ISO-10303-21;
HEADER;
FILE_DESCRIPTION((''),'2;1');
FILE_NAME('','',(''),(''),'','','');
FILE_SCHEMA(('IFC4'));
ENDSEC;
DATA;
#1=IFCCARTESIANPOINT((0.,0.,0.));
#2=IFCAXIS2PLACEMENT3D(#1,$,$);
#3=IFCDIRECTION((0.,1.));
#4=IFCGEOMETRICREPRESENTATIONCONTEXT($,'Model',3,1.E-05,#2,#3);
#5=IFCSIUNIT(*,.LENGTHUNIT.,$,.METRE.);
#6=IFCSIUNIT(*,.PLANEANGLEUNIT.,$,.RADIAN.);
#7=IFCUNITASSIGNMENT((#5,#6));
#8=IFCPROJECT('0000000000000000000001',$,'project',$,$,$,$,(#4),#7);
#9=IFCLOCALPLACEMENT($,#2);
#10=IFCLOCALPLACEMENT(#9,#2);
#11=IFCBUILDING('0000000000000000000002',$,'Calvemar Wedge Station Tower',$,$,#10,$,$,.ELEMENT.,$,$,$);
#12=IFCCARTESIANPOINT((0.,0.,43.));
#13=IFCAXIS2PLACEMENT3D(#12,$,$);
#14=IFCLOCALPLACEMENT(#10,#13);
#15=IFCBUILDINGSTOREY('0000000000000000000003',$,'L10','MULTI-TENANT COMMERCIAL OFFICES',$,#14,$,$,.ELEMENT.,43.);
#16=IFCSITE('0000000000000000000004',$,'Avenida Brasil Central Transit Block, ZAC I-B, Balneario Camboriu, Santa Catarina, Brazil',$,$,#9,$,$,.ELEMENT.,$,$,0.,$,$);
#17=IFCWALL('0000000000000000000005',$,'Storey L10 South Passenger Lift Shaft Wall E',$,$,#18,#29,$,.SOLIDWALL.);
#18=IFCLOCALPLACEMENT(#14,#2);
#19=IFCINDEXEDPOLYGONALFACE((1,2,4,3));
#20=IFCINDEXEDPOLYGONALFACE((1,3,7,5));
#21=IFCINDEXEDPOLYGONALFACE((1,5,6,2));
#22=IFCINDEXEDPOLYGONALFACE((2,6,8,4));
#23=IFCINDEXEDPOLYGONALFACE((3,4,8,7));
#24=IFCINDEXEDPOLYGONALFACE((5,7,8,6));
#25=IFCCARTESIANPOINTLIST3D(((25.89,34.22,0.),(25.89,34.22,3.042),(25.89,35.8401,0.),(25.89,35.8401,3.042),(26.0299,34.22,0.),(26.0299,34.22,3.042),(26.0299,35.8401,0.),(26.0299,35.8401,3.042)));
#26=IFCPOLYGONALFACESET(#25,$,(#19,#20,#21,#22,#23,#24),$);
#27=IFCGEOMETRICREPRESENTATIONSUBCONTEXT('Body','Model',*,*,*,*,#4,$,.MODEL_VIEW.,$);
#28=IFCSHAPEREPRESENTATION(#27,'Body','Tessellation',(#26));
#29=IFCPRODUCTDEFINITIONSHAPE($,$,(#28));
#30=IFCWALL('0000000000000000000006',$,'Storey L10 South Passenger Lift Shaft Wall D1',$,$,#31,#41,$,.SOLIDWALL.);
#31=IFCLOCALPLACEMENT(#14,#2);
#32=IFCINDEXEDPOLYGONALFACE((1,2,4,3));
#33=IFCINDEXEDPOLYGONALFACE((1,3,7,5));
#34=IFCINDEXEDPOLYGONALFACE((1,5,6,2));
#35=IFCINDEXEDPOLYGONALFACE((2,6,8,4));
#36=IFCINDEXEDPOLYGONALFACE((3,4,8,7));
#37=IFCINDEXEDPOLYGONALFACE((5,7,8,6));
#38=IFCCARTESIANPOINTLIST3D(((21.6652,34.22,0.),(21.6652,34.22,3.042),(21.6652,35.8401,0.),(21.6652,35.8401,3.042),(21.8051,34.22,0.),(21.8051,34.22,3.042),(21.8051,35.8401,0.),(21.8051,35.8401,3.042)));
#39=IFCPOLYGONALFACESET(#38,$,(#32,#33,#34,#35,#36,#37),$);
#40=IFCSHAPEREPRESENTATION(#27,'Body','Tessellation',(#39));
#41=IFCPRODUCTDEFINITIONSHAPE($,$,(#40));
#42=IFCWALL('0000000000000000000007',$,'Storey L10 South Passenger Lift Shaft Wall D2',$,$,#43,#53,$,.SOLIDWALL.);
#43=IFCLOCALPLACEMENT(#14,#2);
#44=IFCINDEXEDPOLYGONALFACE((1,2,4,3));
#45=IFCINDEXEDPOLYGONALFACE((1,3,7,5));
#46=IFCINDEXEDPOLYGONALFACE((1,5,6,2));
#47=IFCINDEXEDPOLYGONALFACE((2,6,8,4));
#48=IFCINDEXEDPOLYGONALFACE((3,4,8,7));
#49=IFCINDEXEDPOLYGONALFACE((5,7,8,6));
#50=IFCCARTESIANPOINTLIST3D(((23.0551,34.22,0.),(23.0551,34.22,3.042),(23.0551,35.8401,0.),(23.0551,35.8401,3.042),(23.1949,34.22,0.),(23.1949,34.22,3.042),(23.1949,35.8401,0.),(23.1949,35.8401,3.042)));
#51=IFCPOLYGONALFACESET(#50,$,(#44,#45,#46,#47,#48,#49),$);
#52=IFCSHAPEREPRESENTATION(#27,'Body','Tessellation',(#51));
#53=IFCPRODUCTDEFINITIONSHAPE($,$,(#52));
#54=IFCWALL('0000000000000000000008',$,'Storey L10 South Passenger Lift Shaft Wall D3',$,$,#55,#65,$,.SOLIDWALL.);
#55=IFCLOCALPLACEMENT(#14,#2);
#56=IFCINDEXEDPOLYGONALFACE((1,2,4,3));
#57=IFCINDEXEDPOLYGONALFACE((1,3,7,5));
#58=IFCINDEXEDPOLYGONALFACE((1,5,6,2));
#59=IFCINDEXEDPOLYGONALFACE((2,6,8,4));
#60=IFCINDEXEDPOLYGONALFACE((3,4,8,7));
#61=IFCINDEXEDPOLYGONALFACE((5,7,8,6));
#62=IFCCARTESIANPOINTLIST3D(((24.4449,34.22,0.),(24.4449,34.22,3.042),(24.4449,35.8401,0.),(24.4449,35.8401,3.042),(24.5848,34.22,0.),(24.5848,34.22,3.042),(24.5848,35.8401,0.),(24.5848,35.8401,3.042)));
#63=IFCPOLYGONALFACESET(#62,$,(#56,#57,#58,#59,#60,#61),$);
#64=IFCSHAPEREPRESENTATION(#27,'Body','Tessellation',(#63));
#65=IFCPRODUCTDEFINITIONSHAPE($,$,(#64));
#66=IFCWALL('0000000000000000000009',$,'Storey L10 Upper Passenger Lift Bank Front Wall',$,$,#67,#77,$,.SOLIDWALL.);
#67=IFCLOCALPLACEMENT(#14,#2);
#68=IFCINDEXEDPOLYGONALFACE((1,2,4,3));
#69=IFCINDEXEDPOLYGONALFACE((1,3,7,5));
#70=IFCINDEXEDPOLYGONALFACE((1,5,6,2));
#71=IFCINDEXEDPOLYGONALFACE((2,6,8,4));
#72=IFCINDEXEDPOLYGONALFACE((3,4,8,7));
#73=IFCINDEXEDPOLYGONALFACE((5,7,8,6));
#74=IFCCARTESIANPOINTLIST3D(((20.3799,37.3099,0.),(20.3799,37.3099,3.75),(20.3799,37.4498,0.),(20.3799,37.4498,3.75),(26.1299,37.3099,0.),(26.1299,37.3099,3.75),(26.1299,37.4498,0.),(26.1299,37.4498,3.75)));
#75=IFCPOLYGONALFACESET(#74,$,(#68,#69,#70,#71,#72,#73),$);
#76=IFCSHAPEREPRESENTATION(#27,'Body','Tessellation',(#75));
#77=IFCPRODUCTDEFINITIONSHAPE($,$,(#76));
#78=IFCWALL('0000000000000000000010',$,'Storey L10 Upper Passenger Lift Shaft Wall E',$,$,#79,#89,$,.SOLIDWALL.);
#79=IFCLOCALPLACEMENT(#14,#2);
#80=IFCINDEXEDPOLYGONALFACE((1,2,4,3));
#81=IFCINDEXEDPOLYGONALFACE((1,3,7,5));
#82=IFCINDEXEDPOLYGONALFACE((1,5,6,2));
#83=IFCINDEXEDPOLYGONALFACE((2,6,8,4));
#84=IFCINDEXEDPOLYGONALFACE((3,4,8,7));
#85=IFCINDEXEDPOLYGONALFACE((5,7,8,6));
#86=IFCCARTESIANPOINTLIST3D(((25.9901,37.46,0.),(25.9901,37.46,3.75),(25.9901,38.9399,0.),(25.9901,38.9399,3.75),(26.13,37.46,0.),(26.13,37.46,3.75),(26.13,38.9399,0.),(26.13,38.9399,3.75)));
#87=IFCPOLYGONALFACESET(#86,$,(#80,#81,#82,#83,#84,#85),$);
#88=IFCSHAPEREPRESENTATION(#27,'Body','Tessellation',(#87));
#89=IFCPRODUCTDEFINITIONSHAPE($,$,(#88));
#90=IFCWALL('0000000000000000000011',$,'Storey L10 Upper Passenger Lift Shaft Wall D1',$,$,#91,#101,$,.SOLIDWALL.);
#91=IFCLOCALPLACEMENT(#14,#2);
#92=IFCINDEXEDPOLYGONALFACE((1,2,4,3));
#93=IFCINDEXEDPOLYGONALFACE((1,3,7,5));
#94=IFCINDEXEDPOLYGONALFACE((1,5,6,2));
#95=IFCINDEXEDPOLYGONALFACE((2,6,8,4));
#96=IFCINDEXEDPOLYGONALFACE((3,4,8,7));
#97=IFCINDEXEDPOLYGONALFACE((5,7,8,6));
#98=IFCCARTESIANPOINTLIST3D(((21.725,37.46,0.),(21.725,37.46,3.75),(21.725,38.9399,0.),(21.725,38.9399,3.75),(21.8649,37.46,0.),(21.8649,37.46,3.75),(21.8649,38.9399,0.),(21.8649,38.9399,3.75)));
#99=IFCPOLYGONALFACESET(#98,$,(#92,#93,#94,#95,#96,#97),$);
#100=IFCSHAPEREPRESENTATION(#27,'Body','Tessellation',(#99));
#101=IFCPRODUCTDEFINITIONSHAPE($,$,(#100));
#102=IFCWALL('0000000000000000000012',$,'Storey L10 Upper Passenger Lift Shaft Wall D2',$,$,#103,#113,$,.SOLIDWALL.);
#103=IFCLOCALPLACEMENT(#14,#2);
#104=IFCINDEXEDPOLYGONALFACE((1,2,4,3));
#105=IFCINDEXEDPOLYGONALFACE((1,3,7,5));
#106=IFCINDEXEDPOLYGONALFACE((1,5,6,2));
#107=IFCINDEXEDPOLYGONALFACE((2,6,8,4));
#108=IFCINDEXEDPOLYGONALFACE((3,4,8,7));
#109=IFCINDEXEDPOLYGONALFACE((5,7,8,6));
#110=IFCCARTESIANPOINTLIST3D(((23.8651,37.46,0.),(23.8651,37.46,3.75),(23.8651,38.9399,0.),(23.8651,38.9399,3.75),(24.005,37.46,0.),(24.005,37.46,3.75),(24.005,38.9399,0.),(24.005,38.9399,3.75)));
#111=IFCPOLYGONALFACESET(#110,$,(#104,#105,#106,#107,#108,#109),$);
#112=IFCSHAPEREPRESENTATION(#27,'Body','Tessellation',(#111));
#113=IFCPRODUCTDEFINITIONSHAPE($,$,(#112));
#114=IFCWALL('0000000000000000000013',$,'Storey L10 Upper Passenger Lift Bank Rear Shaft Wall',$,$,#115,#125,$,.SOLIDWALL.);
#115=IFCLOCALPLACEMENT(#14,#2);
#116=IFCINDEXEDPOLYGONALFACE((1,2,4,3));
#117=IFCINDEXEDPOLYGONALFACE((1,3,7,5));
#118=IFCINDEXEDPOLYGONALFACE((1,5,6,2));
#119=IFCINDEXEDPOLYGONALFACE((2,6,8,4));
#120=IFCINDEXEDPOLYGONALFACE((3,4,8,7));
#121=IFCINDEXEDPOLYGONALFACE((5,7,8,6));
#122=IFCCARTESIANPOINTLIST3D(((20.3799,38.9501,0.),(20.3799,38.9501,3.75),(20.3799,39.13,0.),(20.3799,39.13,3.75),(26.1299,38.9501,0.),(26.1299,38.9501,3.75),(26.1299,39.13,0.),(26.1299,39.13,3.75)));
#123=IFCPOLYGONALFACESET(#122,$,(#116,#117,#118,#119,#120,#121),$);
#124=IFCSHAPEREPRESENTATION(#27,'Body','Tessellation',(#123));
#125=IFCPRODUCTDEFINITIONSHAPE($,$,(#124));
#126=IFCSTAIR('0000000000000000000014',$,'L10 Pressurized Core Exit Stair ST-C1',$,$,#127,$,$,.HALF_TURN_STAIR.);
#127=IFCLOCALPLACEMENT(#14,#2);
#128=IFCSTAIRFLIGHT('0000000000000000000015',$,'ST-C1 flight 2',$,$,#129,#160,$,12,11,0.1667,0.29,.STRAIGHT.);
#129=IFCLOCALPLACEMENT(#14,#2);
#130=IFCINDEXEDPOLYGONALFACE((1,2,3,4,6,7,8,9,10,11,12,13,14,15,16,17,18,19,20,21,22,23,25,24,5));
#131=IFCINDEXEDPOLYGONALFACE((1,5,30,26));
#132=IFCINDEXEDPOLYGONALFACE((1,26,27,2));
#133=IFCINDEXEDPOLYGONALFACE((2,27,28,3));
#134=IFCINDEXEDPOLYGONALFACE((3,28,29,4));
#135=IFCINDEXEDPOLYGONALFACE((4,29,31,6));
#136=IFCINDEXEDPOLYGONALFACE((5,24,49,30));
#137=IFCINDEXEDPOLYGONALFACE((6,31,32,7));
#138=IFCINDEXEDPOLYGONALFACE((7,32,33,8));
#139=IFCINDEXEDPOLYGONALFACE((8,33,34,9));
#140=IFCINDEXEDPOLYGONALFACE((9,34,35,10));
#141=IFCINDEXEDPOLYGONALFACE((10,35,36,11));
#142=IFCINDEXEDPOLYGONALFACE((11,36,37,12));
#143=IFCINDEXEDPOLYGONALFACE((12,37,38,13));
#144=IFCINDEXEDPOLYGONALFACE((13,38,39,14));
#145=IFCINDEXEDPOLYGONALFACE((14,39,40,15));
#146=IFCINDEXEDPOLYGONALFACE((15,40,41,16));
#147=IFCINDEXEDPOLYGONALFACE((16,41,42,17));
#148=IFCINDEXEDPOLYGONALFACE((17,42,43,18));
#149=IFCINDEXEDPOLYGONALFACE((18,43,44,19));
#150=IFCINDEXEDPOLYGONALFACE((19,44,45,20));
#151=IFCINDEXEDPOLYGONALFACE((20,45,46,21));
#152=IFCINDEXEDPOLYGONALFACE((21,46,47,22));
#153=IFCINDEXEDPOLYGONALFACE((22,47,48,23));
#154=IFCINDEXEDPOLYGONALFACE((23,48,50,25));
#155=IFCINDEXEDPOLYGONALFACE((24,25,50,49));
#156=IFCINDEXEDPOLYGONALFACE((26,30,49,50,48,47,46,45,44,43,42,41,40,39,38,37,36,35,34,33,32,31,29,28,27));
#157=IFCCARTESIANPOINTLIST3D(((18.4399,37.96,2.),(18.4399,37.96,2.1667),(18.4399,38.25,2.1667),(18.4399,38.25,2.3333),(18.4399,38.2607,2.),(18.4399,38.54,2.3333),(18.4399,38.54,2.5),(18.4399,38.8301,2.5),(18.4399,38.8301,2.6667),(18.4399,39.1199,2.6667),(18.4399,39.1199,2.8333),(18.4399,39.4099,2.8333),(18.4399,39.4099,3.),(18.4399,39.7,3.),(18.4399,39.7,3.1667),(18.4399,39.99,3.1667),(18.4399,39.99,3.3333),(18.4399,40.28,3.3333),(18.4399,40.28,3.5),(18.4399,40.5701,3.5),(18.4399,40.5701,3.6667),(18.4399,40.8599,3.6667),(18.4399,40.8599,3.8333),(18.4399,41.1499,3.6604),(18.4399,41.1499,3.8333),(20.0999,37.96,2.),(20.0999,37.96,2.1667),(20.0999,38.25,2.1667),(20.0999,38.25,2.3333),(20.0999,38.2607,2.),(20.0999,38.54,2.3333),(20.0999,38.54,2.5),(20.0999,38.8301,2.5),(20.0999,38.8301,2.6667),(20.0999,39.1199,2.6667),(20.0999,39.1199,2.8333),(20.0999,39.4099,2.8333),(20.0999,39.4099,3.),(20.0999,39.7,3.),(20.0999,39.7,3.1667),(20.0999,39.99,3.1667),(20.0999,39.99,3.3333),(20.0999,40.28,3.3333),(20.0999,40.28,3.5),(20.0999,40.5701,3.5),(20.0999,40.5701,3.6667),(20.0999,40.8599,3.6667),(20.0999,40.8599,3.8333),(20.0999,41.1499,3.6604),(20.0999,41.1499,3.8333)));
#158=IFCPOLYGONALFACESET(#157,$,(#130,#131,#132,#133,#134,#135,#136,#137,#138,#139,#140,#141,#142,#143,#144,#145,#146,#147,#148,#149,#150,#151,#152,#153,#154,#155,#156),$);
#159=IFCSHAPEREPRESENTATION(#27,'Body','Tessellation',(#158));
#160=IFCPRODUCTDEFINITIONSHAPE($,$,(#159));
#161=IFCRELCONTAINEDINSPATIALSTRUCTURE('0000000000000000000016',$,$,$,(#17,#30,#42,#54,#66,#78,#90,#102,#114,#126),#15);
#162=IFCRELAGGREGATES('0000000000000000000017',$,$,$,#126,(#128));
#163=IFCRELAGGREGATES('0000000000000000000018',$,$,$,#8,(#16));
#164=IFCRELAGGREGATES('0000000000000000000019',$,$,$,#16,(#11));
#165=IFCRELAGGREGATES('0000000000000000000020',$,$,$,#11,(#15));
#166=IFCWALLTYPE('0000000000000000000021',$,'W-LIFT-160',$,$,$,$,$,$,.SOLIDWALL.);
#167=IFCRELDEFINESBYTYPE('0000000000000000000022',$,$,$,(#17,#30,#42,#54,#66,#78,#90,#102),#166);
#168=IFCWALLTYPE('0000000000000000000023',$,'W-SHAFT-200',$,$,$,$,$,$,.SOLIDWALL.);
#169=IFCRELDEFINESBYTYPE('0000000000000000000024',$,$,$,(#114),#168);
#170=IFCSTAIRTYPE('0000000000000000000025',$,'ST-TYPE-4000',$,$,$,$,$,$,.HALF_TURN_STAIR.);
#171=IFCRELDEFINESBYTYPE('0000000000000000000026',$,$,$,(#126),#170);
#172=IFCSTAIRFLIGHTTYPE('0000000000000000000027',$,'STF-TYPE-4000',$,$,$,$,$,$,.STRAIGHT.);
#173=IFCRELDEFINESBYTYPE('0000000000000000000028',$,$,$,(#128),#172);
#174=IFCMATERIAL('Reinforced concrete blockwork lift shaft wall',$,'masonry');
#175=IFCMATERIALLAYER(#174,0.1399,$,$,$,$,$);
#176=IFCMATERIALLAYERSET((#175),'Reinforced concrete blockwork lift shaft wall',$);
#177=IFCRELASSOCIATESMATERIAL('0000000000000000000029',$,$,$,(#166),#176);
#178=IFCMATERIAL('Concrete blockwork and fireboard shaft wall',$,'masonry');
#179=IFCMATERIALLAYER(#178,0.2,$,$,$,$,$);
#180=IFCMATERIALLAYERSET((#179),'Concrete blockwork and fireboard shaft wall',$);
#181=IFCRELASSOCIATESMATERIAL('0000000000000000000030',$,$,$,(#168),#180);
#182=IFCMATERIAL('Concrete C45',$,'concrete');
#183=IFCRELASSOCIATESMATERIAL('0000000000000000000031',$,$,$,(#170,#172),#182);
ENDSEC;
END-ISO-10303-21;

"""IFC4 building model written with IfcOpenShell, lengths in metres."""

from ifc_helpers import new_model, si_unit, direction, frame, frame_2d, origin, place, context, subcontext, project, spatial, polyline, rectangle, outline, extrude, material, layer, layer_set, type_object, element, aggregate, save


model = new_model("IFC4")

# Units and contexts
model_context = context("Model", 3, precision=1e-05, world=origin(), true_north=direction((0.0, 1.0)))
body_context = subcontext(model_context, "Body", "Model", "MODEL_VIEW")
ifc_project = project(units=[si_unit("LENGTHUNIT", "METRE"), si_unit("PLANEANGLEUNIT", "RADIAN")], contexts=[model_context])

# Site, building, storey
site_placement = place(None, origin())
site = spatial("IfcSite", under=ifc_project, at=site_placement, Name="Avenida Brasil Central Transit Block, ZAC I-B, Balneario Camboriu, Santa Catarina, Brazil", CompositionType="ELEMENT", RefElevation=0.0)
building_placement = place(site_placement, origin())
building = spatial("IfcBuilding", under=site, at=building_placement, Name="Calvemar Wedge Station Tower", CompositionType="ELEMENT")
storey_placement = place(building_placement, frame((0.0, 0.0, 43.0)))
storey = spatial("IfcBuildingStorey", under=building, at=storey_placement, Name="L10", Description="MULTI-TENANT COMMERCIAL OFFICES", CompositionType="ELEMENT", Elevation=43.0)

# Shared definitions
ifc_material_1 = material(Name="Reinforced concrete blockwork lift shaft wall", Category="masonry")
ifc_layer_1 = layer(ifc_material_1, 0.1399)
ifc_layer_set_1 = layer_set([ifc_layer_1], Name="Reinforced concrete blockwork lift shaft wall")
wall_type_1 = type_object("IfcWallType", Name="W-LIFT-160", PredefinedType="SOLIDWALL", material=ifc_layer_set_1)

# Walls
for number, where, z_axis, x_axis, name in (
    (1, (25.96, 34.22, 0.0), (0.0, 0.0, 1.0), (0.0, 1.0, 0.0), "Storey L10 South Passenger Lift Shaft Wall E"),
    (2, (21.7351, 34.22, 0.0), (0.0, 0.0, 1.0), (0.0, 1.0, 0.0), "Storey L10 South Passenger Lift Shaft Wall D1"),
    (3, (23.125, 34.22, 0.0), (0.0, 0.0, 1.0), (0.0, 1.0, 0.0), "Storey L10 South Passenger Lift Shaft Wall D2"),
    (4, (24.5149, 34.22, 0.0), (0.0, 0.0, 1.0), (0.0, 1.0, 0.0), "Storey L10 South Passenger Lift Shaft Wall D3"),
):
    element("IfcWall", number, at=place(storey_placement, frame(where, z_axis=z_axis, x_axis=x_axis)), inside=storey, type_object=wall_type_1, Name=name, PredefinedType="SOLIDWALL", context=body_context, shape_type="SweptSolid", body=[
        extrude(rectangle(XDim=1.6201, YDim=0.1399, at=frame_2d((0.8101, 0.0))), origin(), (0.0, 0.0, 1.0), 3.042),
    ])
wall_1_placement = place(storey_placement, frame((20.3799, 37.3799, 0.0), z_axis=(0.0, 0.0, 1.0), x_axis=(1.0, 0.0, 0.0)))
element("IfcWall", 5, at=wall_1_placement, inside=storey, type_object=wall_type_1, Name="Storey L10 Upper Passenger Lift Bank Front Wall", PredefinedType="SOLIDWALL", context=body_context, shape_type="SweptSolid", body=[
    extrude(rectangle(XDim=5.75, YDim=0.1399, at=frame_2d((2.875, 0.0))), origin(), (0.0, 0.0, 1.0), 3.75),
])
for number, where, z_axis, x_axis, name in (
    (6, (26.0601, 37.46, 0.0), (0.0, 0.0, 1.0), (0.0, 1.0, 0.0), "Storey L10 Upper Passenger Lift Shaft Wall E"),
    (7, (21.7949, 37.46, 0.0), (0.0, 0.0, 1.0), (0.0, 1.0, 0.0), "Storey L10 Upper Passenger Lift Shaft Wall D1"),
    (8, (23.9351, 37.46, 0.0), (0.0, 0.0, 1.0), (0.0, 1.0, 0.0), "Storey L10 Upper Passenger Lift Shaft Wall D2"),
):
    element("IfcWall", number, at=place(storey_placement, frame(where, z_axis=z_axis, x_axis=x_axis)), inside=storey, type_object=wall_type_1, Name=name, PredefinedType="SOLIDWALL", context=body_context, shape_type="SweptSolid", body=[
        extrude(rectangle(XDim=1.48, YDim=0.1399, at=frame_2d((0.74, 0.0))), origin(), (0.0, 0.0, 1.0), 3.75),
    ])
ifc_material_2 = material(Name="Concrete blockwork and fireboard shaft wall", Category="masonry")
ifc_layer_2 = layer(ifc_material_2, 0.2)
ifc_layer_set_2 = layer_set([ifc_layer_2], Name="Concrete blockwork and fireboard shaft wall")
wall_type_2 = type_object("IfcWallType", Name="W-SHAFT-200", PredefinedType="SOLIDWALL", material=ifc_layer_set_2)
wall_2_placement = place(storey_placement, frame((20.3799, 39.04, 0.0), z_axis=(0.0, 0.0, 1.0), x_axis=(1.0, 0.0, 0.0)))
element("IfcWall", 9, at=wall_2_placement, inside=storey, type_object=wall_type_2, Name="Storey L10 Upper Passenger Lift Bank Rear Shaft Wall", PredefinedType="SOLIDWALL", context=body_context, shape_type="SweptSolid", body=[
    extrude(rectangle(XDim=5.75, YDim=0.1799, at=frame_2d((2.875, 0.0))), origin(), (0.0, 0.0, 1.0), 3.75),
])

# Stair, stair flight
ifc_material_3 = material(Name="Concrete C45", Category="concrete")
stair_type = type_object("IfcStairType", Name="ST-TYPE-4000", PredefinedType="HALF_TURN_STAIR", material=ifc_material_3)
stair_placement = place(storey_placement, origin())
stair = element("IfcStair", 10, at=stair_placement, inside=storey, type_object=stair_type, Name="L10 Pressurized Core Exit Stair ST-C1", PredefinedType="HALF_TURN_STAIR")
stair_flight_type = type_object("IfcStairFlightType", Name="STF-TYPE-4000", PredefinedType="STRAIGHT", material=ifc_material_3)
stair_flight_placement = place(storey_placement, frame((19.27, 37.96, 2.0), z_axis=(0.0, 0.0, 1.0), x_axis=(0.0, 1.0, 0.0)))
stair_flight = element("IfcStairFlight", 11, at=stair_flight_placement, type_object=stair_flight_type, Name="ST-C1 flight 2", NumberOfRisers=12, NumberOfTreads=11, PredefinedType="STRAIGHT", RiserHeight=0.1667, TreadLength=0.29, context=body_context, shape_type="SweptSolid", body=[
    extrude(outline(polyline([(0.0, 0.0), (0.0, 0.1667), (0.29, 0.1667), (0.29, 0.3333), (0.5801, 0.3333), (0.5801, 0.5), (0.8701, 0.5), (0.8701, 0.6667), (1.1599, 0.6667), (1.1599, 0.8333), (1.45, 0.8333), (1.45, 1.0), (1.74, 1.0), (1.74, 1.1667), (2.03, 1.1667), (2.03, 1.3333), (2.3201, 1.3333), (2.3201, 1.5), (2.6101, 1.5), (2.6101, 1.6667), (2.8999, 1.6667), (2.8999, 1.8333), (3.1899, 1.8333), (3.1899, 2.0), (3.1899, 1.6604), (0.3008, 0.0), (0.0, 0.0)])), frame((0.0, 0.8301, 0.0), z_axis=(0.0, -1.0, 0.0), x_axis=(1.0, 0.0, 0.0)), (0.0, 0.0, 1.0), 1.6599),
])
aggregate(stair, [stair_flight])

save(model, "model.ifc")
